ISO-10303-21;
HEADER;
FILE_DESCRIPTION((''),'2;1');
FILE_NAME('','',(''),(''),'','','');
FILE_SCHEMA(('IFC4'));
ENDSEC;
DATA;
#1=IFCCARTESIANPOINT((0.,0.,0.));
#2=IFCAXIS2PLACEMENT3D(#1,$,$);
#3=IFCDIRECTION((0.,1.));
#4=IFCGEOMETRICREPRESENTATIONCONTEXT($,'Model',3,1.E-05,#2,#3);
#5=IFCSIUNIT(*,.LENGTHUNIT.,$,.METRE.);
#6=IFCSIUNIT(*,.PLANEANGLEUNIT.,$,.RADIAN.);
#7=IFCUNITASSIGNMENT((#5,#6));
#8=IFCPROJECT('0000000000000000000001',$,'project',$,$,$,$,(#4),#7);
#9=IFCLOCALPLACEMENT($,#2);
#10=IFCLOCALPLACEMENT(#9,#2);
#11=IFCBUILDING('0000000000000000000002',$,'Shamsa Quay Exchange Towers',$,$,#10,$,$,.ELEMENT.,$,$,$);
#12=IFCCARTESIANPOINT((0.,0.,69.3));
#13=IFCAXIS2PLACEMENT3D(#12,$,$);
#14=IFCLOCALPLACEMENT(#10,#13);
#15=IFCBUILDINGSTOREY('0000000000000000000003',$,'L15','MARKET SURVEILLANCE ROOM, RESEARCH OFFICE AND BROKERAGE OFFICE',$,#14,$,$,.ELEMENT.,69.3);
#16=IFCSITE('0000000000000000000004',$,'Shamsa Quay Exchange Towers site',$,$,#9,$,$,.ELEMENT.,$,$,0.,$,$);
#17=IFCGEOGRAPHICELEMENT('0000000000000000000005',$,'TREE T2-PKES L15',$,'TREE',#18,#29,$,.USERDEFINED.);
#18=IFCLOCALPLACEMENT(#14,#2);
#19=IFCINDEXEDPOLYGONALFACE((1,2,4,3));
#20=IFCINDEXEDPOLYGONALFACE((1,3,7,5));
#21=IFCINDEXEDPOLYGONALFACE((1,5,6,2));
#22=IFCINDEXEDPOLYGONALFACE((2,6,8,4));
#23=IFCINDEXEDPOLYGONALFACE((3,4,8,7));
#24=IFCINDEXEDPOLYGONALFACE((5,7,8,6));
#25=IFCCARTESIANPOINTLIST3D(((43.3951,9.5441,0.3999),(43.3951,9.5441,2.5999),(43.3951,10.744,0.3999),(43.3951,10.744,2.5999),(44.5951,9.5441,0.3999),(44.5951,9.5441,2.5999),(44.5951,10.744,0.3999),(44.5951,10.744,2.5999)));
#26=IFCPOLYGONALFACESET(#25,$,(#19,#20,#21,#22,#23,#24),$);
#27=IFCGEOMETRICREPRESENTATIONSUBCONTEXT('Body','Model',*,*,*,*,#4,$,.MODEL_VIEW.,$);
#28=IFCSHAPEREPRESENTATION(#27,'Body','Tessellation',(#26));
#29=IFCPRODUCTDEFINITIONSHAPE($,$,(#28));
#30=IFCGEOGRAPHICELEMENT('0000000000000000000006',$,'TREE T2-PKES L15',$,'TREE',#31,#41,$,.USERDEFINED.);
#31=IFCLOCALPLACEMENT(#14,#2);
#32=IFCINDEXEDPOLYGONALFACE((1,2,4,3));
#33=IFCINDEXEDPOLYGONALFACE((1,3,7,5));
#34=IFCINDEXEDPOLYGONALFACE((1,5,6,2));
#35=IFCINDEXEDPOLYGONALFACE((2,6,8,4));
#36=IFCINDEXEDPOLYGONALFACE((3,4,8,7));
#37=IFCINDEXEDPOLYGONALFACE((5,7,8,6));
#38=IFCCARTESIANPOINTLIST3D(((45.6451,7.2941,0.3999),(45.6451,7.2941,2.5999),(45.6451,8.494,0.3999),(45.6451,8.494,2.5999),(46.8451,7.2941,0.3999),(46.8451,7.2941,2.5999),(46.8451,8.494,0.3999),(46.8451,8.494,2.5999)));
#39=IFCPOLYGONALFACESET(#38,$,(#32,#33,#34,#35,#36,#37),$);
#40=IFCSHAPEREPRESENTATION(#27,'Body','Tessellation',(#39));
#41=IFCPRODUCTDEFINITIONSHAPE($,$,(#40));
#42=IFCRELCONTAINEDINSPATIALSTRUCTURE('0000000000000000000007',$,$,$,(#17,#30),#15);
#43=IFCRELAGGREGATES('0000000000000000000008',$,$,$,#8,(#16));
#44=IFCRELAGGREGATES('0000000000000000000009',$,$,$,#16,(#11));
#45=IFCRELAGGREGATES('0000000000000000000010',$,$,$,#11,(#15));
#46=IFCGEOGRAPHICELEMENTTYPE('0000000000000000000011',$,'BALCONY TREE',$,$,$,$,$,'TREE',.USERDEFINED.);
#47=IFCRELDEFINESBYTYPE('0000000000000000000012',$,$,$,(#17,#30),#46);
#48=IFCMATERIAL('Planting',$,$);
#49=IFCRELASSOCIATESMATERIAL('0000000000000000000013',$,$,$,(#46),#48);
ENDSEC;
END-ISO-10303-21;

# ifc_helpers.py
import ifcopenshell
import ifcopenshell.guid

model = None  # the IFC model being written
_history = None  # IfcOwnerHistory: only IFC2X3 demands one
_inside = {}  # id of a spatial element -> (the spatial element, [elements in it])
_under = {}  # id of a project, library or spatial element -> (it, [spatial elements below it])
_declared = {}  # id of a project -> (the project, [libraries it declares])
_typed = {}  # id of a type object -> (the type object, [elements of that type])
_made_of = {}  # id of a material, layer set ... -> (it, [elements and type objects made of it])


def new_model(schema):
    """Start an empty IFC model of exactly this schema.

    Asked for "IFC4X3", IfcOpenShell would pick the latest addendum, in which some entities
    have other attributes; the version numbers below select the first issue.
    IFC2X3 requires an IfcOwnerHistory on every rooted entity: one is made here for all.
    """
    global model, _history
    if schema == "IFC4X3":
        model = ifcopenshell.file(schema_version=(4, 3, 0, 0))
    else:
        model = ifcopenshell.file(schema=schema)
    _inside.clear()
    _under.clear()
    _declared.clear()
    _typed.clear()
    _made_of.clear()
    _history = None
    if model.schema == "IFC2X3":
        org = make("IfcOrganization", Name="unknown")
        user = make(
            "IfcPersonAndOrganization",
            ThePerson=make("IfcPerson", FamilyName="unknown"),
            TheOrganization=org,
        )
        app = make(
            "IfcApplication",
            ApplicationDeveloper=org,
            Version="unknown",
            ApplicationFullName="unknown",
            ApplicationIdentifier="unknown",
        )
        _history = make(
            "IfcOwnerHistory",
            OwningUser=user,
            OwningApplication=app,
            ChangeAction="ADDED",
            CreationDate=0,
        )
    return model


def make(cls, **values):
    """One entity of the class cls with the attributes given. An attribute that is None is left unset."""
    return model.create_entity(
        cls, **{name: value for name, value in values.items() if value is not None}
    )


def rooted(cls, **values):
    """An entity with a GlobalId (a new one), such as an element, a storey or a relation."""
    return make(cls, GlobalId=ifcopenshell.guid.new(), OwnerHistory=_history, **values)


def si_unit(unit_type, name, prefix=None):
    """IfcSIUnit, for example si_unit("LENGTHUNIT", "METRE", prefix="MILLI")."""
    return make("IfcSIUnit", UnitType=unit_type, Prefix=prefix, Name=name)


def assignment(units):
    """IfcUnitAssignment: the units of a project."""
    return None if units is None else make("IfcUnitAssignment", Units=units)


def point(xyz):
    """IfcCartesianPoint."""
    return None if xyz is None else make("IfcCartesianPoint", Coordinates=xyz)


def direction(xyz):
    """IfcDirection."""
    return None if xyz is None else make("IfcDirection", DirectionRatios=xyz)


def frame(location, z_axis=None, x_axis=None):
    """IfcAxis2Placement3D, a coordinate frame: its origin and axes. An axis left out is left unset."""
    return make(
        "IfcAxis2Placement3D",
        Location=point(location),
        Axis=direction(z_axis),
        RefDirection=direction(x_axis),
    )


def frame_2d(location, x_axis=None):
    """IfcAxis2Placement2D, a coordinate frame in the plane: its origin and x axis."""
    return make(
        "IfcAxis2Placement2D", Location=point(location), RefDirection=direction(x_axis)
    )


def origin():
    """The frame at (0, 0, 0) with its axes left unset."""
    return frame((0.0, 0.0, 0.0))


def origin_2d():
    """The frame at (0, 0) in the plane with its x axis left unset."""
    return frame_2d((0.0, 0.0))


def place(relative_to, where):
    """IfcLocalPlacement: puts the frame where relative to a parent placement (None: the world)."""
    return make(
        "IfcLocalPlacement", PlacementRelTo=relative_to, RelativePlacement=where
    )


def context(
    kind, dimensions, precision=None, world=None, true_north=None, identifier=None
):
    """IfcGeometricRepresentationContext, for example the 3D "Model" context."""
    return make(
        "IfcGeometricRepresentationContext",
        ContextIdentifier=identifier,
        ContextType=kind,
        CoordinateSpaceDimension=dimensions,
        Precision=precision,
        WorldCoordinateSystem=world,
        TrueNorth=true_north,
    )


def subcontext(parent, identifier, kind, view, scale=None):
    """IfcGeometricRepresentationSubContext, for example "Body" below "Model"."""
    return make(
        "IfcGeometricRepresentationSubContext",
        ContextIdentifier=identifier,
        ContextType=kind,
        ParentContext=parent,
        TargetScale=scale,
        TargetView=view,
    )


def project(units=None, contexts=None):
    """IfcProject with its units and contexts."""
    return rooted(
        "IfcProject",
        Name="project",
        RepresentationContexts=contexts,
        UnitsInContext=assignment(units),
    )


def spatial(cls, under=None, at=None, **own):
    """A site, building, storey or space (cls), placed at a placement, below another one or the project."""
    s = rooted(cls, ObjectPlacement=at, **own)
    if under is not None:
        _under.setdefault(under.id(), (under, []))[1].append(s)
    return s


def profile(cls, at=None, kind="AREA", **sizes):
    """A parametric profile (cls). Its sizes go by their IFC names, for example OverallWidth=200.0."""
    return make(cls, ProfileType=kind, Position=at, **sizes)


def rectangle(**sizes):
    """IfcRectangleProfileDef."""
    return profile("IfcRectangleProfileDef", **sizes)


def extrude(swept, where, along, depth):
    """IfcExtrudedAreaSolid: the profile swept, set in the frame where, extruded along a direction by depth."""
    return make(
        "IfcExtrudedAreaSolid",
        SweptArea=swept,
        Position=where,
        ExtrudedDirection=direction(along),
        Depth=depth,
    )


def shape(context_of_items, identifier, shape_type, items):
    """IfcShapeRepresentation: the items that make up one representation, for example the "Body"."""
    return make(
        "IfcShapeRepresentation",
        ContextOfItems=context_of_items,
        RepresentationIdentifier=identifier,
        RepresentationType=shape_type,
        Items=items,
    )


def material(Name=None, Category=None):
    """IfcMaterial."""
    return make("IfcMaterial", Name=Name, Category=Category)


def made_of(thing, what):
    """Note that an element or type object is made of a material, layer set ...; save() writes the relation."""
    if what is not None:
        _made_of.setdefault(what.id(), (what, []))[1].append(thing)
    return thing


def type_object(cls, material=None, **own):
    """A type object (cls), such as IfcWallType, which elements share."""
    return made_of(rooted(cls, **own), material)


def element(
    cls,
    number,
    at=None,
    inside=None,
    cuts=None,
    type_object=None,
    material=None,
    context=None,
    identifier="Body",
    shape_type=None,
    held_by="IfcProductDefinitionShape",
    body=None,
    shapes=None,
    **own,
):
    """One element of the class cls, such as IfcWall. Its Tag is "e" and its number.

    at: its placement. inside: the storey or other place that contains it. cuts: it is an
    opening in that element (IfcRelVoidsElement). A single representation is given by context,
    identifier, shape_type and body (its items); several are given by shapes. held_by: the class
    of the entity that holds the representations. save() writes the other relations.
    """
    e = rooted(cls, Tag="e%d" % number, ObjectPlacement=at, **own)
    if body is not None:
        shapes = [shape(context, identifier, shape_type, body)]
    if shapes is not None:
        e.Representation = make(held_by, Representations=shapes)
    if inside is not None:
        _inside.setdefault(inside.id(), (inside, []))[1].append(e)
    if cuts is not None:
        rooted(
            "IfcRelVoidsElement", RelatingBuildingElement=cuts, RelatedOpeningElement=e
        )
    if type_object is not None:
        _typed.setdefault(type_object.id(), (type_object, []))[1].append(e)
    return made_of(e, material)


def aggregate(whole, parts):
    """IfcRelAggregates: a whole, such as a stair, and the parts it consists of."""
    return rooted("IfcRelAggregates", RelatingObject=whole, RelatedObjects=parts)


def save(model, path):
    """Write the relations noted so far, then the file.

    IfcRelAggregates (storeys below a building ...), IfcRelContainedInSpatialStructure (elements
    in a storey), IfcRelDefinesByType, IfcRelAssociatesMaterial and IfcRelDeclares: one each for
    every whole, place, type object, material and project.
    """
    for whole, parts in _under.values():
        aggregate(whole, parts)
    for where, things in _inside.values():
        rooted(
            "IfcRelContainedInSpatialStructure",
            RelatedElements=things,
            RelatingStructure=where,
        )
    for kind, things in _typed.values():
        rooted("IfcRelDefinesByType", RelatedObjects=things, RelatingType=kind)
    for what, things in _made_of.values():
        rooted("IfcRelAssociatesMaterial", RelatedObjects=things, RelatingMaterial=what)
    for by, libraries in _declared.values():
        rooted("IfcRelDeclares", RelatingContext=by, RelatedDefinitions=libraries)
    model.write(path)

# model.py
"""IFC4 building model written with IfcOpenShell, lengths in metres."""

from ifc_helpers import new_model, si_unit, direction, frame, origin, origin_2d, place, context, subcontext, project, spatial, rectangle, extrude, material, type_object, element, save


model = new_model("IFC4")

# Units and contexts
model_context = context("Model", 3, precision=1e-05, world=origin(), true_north=direction((0.0, 1.0)))
body_context = subcontext(model_context, "Body", "Model", "MODEL_VIEW")
ifc_project = project(units=[si_unit("LENGTHUNIT", "METRE"), si_unit("PLANEANGLEUNIT", "RADIAN")], contexts=[model_context])

# Site, building, storey
site_placement = place(None, origin())
site = spatial("IfcSite", under=ifc_project, at=site_placement, Name="Shamsa Quay Exchange Towers site", CompositionType="ELEMENT", RefElevation=0.0)
building_placement = place(site_placement, origin())
building = spatial("IfcBuilding", under=site, at=building_placement, Name="Shamsa Quay Exchange Towers", CompositionType="ELEMENT")
storey_placement = place(building_placement, frame((0.0, 0.0, 69.3)))
storey = spatial("IfcBuildingStorey", under=building, at=storey_placement, Name="L15", Description="MARKET SURVEILLANCE ROOM, RESEARCH OFFICE AND BROKERAGE OFFICE", CompositionType="ELEMENT", Elevation=69.3)

# Geographic elements
ifc_material_1 = material(Name="Planting")
geographic_element_type = type_object("IfcGeographicElementType", Name="BALCONY TREE", ElementType="TREE", PredefinedType="USERDEFINED", material=ifc_material_1)
for number, where, z_axis, x_axis, name in (
    (1, (43.9951, 10.144, 0.3999), (0.0, 0.0, 1.0), (0.0, 1.0, 0.0), "TREE T2-PKES L15"),
    (2, (46.2451, 7.894, 0.3999), (0.0, 0.0, 1.0), (0.0, 1.0, 0.0), "TREE T2-PKES L15"),
):
    element("IfcGeographicElement", number, at=place(storey_placement, frame(where, z_axis=z_axis, x_axis=x_axis)), inside=storey, type_object=geographic_element_type, Name=name, ObjectType="TREE", PredefinedType="USERDEFINED", context=body_context, shape_type="SweptSolid", body=[
        extrude(rectangle(XDim=1.2, YDim=1.2, at=origin_2d()), origin(), (0.0, 0.0, 1.0), 2.2),
    ])

save(model, "model.ifc")
